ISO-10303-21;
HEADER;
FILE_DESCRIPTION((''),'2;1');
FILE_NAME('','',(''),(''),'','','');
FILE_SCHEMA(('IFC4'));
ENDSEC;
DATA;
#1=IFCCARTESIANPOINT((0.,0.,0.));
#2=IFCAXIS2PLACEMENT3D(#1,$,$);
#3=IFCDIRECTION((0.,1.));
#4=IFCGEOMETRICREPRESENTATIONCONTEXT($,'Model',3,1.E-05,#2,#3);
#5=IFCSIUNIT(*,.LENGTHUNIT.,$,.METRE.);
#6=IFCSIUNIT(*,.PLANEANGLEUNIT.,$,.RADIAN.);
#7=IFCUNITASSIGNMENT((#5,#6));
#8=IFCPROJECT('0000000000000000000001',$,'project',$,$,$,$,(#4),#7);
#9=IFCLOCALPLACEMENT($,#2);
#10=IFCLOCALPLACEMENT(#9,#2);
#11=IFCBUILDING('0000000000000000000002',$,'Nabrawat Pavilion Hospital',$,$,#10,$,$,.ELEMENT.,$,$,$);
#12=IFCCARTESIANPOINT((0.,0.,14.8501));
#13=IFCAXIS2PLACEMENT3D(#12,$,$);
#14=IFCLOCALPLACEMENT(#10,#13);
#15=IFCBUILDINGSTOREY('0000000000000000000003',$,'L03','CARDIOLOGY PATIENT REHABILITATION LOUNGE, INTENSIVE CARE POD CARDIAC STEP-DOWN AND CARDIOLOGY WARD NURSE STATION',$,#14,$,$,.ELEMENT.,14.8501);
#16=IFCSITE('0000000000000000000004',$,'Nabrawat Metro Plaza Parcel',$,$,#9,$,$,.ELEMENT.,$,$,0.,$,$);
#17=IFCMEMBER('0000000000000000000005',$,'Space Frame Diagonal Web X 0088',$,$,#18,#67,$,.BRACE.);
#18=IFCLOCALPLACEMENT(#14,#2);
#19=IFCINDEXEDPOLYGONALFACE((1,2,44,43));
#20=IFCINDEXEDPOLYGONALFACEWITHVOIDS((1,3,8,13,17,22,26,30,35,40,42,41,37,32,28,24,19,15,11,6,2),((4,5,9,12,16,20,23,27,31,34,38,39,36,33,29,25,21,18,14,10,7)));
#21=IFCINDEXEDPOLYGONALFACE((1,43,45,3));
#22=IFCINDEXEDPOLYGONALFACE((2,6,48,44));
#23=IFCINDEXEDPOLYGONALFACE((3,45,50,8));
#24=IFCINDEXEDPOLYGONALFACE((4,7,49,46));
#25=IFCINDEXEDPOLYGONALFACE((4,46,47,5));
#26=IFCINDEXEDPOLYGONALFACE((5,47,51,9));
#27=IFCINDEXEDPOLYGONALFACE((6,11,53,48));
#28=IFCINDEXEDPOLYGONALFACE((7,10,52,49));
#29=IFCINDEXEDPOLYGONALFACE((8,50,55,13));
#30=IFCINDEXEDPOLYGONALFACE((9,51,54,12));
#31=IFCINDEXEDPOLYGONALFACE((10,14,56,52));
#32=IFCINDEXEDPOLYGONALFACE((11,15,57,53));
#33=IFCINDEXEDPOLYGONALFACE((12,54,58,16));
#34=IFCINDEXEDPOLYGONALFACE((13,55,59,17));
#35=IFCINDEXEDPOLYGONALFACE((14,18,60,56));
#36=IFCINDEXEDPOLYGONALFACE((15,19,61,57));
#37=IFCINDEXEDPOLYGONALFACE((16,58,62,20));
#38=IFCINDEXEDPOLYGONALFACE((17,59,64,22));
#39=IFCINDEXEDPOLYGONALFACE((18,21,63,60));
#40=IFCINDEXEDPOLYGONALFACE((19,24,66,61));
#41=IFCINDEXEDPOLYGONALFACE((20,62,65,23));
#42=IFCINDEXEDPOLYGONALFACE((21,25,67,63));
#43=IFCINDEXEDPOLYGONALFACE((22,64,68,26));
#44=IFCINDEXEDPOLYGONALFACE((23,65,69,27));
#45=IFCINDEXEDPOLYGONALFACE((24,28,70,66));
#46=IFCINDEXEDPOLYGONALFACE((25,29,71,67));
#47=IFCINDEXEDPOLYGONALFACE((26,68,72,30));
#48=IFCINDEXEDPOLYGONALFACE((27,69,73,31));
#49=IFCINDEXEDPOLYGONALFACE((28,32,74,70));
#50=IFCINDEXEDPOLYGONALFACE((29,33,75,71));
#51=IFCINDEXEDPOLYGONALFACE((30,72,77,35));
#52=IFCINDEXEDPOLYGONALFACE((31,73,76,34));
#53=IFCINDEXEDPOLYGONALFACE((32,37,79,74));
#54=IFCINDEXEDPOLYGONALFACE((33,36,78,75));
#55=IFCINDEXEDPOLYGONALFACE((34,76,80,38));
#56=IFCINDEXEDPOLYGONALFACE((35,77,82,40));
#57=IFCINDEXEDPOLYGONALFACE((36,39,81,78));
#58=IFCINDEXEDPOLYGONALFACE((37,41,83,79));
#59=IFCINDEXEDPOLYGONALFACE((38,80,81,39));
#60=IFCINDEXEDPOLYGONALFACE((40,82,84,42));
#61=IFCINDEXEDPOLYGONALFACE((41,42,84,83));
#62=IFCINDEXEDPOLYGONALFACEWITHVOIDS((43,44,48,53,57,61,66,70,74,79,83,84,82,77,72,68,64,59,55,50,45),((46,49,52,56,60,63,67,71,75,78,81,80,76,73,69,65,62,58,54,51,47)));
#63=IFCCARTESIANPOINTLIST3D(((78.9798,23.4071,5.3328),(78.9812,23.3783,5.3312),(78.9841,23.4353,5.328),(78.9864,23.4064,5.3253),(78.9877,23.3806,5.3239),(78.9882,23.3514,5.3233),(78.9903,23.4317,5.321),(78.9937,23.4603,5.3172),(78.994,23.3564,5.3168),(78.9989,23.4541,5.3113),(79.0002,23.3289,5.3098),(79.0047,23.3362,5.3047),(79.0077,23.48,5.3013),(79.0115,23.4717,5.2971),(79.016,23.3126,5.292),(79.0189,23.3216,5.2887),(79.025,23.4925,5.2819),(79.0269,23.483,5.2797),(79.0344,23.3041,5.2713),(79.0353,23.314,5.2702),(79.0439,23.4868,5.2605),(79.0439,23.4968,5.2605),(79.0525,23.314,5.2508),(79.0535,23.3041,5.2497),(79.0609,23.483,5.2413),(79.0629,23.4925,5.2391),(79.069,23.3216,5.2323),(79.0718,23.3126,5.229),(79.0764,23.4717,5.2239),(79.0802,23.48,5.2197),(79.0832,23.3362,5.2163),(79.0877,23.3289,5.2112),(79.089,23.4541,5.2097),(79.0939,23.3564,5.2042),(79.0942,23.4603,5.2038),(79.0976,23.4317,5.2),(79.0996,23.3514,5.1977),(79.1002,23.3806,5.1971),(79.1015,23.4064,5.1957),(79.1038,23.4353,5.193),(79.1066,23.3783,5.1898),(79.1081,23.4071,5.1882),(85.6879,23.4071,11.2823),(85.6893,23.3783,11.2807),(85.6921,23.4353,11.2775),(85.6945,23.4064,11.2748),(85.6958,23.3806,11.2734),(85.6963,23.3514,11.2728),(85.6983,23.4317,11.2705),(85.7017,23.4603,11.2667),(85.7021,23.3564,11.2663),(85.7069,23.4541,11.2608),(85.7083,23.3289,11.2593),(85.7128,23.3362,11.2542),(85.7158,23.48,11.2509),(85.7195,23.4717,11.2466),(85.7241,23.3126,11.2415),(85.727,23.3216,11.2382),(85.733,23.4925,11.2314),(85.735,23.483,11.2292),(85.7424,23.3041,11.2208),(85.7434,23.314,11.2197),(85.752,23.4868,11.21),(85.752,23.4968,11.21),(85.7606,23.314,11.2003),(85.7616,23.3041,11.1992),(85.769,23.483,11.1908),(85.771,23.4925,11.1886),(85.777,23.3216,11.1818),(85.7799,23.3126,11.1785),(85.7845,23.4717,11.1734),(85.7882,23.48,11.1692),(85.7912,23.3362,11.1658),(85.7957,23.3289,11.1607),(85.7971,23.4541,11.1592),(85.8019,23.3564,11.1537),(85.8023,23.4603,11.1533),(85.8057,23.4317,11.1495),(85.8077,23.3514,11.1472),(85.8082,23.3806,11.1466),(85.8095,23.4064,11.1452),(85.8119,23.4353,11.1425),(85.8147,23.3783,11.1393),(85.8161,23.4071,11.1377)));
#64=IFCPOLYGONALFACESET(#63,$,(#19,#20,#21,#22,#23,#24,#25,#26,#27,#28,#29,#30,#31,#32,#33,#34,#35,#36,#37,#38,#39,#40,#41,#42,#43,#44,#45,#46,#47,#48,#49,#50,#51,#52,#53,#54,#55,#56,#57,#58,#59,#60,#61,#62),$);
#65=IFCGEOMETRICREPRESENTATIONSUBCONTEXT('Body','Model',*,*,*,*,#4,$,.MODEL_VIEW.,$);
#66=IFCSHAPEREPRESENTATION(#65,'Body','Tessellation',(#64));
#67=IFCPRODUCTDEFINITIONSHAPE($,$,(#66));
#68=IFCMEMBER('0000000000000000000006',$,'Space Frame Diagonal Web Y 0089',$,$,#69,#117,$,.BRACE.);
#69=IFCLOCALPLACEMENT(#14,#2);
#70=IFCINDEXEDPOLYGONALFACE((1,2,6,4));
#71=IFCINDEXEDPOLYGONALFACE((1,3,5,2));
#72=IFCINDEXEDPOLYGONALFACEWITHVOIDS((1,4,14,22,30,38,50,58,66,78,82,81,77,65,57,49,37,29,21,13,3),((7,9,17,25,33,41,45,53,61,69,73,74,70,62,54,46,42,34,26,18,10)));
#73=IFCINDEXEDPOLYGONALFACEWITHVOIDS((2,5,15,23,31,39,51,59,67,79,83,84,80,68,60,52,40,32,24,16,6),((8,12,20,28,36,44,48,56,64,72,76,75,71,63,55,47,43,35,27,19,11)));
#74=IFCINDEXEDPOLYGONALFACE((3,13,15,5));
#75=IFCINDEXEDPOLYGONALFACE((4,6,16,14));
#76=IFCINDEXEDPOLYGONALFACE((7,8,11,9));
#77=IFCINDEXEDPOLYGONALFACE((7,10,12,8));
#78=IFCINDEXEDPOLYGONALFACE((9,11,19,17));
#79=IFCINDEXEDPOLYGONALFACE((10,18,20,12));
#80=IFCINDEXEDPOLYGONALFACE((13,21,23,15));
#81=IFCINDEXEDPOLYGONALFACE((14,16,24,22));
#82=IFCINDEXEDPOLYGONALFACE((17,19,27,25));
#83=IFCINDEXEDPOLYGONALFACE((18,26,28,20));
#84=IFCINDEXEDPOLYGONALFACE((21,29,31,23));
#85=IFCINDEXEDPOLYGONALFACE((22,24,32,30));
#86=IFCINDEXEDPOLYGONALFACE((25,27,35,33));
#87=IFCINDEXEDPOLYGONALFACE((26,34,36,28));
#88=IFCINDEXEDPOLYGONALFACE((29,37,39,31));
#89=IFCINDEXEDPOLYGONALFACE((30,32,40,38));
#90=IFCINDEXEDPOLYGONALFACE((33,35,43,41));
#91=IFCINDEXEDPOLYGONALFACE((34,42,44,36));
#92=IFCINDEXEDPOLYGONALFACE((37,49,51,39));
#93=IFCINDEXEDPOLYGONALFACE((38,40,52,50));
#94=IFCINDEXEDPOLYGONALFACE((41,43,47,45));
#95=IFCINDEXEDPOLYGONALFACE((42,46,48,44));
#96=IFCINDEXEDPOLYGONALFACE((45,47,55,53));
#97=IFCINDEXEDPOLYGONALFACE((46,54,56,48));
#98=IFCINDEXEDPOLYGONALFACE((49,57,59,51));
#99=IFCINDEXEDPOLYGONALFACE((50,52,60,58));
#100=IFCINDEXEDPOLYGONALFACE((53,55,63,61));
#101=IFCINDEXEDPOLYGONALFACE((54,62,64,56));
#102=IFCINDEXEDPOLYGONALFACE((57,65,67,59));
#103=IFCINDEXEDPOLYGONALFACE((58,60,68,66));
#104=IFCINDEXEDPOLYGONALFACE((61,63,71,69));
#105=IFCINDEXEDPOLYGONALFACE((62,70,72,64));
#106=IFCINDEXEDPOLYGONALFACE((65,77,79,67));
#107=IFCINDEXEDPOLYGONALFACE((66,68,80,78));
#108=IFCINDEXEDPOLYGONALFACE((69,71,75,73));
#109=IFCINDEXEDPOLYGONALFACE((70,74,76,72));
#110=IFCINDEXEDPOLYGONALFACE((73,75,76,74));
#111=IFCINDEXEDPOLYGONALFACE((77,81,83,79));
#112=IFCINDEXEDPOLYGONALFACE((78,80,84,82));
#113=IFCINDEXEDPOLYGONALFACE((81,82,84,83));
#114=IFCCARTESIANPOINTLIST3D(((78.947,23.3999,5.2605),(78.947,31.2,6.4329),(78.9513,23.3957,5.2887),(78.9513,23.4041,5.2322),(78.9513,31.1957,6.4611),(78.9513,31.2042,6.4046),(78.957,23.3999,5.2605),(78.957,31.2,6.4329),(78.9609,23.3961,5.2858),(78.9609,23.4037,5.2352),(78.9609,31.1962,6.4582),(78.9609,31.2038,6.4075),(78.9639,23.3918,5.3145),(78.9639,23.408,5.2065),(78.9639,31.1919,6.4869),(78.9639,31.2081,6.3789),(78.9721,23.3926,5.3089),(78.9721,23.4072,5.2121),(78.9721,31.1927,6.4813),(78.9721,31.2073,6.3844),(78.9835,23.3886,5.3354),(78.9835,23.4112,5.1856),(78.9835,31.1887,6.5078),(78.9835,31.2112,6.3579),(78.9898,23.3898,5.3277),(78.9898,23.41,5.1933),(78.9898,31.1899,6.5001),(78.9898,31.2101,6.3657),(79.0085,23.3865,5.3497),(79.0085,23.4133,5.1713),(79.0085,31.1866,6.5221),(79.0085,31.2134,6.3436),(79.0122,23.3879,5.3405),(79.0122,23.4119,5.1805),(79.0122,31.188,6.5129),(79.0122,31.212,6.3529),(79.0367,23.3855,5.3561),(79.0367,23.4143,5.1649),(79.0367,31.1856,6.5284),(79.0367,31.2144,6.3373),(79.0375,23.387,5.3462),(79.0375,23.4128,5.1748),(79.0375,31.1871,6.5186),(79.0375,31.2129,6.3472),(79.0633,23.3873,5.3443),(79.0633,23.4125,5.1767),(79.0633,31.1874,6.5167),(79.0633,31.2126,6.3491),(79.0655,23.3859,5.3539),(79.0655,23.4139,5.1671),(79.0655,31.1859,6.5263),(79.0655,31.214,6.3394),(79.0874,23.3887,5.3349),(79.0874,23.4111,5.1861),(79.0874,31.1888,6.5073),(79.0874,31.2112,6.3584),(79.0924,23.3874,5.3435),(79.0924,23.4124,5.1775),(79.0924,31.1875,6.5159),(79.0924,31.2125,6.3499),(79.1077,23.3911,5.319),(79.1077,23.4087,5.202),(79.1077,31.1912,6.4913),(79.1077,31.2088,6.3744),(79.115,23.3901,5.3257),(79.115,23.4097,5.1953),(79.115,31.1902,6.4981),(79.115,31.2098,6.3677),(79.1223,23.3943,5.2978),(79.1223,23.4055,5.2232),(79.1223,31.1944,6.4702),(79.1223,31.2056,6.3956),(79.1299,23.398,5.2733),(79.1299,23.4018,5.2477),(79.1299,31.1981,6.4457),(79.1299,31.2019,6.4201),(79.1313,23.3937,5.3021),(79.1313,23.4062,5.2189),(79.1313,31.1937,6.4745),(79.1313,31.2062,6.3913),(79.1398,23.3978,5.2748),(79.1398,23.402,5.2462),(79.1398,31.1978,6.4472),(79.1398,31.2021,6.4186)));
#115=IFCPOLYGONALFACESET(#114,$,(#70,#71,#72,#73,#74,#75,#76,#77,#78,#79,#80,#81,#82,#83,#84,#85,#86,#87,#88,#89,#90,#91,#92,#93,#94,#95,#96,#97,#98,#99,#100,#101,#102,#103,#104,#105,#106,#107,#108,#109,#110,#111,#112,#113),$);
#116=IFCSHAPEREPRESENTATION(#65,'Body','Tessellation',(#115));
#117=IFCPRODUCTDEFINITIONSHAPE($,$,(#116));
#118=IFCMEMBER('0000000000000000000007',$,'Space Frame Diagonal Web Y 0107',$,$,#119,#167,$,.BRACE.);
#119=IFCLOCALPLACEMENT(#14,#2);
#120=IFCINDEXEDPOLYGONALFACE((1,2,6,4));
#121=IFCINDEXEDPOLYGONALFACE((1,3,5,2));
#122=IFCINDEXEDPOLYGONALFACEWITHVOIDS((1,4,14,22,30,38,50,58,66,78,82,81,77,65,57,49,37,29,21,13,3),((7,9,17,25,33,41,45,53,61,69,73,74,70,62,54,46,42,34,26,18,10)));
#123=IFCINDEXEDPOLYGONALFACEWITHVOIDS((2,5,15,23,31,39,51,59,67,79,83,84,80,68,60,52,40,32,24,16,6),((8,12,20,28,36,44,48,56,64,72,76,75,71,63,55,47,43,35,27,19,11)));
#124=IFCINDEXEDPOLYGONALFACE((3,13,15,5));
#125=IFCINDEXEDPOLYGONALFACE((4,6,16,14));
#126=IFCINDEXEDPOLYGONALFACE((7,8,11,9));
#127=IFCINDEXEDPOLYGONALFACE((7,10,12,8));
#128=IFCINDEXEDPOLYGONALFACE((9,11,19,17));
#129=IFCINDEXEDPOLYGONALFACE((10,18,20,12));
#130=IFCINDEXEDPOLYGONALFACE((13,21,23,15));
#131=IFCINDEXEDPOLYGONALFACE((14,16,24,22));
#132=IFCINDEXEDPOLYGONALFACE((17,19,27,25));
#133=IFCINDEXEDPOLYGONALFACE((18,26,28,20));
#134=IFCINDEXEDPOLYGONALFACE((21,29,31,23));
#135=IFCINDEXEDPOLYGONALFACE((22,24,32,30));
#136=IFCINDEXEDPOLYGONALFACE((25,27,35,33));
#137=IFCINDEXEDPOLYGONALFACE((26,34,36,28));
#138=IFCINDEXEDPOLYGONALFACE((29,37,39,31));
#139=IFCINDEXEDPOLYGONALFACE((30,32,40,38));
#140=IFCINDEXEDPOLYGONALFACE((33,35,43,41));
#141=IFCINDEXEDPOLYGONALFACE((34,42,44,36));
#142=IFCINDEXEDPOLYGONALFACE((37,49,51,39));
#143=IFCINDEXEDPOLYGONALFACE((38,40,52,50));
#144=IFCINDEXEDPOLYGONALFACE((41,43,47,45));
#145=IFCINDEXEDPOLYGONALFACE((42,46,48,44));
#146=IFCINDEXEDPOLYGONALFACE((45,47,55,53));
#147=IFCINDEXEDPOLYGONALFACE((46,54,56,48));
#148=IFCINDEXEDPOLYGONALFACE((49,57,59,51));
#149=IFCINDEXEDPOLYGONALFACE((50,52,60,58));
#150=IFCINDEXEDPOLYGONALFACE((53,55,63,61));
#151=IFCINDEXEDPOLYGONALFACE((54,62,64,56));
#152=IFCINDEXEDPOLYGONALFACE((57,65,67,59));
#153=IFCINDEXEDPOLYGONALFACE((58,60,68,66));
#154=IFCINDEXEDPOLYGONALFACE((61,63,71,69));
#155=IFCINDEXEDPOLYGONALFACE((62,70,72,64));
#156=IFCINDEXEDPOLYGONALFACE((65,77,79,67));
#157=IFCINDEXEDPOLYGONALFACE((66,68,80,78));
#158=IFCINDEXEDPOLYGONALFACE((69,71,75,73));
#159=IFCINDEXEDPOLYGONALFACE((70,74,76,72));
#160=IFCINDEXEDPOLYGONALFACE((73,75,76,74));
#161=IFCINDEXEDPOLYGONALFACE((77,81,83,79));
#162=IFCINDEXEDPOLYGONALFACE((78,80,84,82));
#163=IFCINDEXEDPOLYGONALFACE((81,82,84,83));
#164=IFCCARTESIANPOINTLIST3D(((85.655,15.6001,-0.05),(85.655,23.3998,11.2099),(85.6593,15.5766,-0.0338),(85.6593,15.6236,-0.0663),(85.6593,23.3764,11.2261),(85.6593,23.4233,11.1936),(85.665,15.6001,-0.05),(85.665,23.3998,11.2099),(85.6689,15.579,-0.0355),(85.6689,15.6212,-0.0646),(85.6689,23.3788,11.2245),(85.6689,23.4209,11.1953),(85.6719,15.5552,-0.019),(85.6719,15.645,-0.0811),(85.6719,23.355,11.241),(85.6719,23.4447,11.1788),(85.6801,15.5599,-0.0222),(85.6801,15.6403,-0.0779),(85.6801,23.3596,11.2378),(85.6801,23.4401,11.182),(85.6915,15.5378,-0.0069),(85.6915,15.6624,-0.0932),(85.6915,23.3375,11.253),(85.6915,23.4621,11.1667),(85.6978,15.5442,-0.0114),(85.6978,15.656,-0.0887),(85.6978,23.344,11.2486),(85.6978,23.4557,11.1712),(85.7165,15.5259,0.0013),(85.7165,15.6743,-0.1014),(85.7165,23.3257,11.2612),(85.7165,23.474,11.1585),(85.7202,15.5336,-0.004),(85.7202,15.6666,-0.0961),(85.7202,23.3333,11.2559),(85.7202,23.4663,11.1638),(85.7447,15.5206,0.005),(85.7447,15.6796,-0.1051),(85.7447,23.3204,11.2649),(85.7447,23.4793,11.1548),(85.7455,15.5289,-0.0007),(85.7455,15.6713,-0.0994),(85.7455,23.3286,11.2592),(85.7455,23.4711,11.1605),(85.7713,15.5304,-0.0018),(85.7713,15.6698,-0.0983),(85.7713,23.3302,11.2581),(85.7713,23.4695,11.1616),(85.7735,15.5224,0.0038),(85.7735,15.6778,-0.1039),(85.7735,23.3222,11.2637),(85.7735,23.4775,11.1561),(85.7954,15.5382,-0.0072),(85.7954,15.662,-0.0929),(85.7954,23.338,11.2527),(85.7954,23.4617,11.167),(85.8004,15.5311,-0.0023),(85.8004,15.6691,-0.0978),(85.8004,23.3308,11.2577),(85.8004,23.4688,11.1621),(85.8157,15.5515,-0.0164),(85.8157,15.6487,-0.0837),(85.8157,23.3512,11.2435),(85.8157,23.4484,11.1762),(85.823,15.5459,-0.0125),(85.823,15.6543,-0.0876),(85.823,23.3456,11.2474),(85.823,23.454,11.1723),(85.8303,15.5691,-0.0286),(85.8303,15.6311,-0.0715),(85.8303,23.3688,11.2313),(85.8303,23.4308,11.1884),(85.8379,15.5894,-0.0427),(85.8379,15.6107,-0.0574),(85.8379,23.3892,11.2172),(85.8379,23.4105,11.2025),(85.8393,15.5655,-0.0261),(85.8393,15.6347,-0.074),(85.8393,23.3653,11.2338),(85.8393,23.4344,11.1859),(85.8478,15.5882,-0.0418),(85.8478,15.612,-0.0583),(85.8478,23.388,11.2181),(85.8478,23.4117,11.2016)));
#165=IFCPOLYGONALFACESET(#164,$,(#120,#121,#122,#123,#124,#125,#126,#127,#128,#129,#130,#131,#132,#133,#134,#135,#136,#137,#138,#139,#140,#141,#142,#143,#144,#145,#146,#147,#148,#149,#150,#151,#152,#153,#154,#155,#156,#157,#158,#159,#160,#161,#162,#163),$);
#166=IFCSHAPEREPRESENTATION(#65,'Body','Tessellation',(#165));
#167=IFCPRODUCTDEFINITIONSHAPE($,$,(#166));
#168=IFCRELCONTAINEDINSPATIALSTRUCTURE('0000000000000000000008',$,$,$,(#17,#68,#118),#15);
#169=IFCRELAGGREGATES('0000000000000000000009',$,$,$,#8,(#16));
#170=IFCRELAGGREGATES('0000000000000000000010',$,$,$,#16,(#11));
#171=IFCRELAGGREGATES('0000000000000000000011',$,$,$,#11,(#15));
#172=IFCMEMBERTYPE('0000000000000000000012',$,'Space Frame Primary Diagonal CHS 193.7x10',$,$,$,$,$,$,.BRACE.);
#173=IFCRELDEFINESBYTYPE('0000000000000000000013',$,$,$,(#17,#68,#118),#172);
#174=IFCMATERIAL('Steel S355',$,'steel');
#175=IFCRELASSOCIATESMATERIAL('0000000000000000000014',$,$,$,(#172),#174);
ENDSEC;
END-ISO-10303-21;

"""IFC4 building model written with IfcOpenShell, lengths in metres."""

from ifc_helpers import new_model, si_unit, direction, frame, origin, origin_2d, place, context, subcontext, project, spatial, hollow_circle, extrude, material, material_profile, profile_set, type_object, element, save


model = new_model("IFC4")

# Units and contexts
model_context = context("Model", 3, precision=1e-05, world=origin(), true_north=direction((0.0, 1.0)))
body_context = subcontext(model_context, "Body", "Model", "MODEL_VIEW")
ifc_project = project(units=[si_unit("LENGTHUNIT", "METRE"), si_unit("PLANEANGLEUNIT", "RADIAN")], contexts=[model_context])

# Site, building, storey
site_placement = place(None, origin())
site = spatial("IfcSite", under=ifc_project, at=site_placement, Name="Nabrawat Metro Plaza Parcel", CompositionType="ELEMENT", RefElevation=0.0)
building_placement = place(site_placement, origin())
building = spatial("IfcBuilding", under=site, at=building_placement, Name="Nabrawat Pavilion Hospital", CompositionType="ELEMENT")
storey_placement = place(building_placement, frame((0.0, 0.0, 14.8501)))
storey = spatial("IfcBuildingStorey", under=building, at=storey_placement, Name="L03", Description="CARDIOLOGY PATIENT REHABILITATION LOUNGE, INTENSIVE CARE POD CARDIAC STEP-DOWN AND CARDIOLOGY WARD NURSE STATION", CompositionType="ELEMENT", Elevation=14.8501)

# Members
ifc_material = material(Name="Steel S355", Category="steel")
ifc_material_profile_1 = material_profile(ifc_material, hollow_circle(Radius=0.0969, WallThickness=0.01, at=origin_2d()), Name="CHS 193.7x10")
ifc_profile_set_1 = profile_set([ifc_material_profile_1], Name="Steel S355")
member_type_1 = type_object("IfcMemberType", Name="Space Frame Primary Diagonal CHS 193.7x10", PredefinedType="BRACE", material=ifc_profile_set_1)
member_1_placement = place(storey_placement, frame((79.0439, 23.3999, 5.2605), z_axis=(0.74814, 0.0, 0.66354), x_axis=(0.0, 1.0, 0.0)))
element("IfcMember", 1, at=member_1_placement, inside=storey, type_object=member_type_1, Name="Space Frame Diagonal Web X 0088", PredefinedType="BRACE", context=body_context, shape_type="SweptSolid", body=[
    extrude(hollow_circle(Radius=0.0969, WallThickness=0.01, at=origin_2d()), origin(), (0.0, 0.0, 1.0), 8.9663),
])
member_2_placement = place(storey_placement, frame((79.0439, 23.3999, 5.2605), z_axis=(0.0, 0.988892, 0.148633), x_axis=(-1.0, 0.0, 0.0)))
element("IfcMember", 2, at=member_2_placement, inside=storey, type_object=member_type_1, Name="Space Frame Diagonal Web Y 0089", PredefinedType="BRACE", context=body_context, shape_type="SweptSolid", body=[
    extrude(hollow_circle(Radius=0.0969, WallThickness=0.01, at=origin_2d()), origin(), (0.0, 0.0, 1.0), 7.8877),
])
member_3_placement = place(storey_placement, frame((85.752, 15.6001, -0.05), z_axis=(0.0, 0.569428, 0.822041), x_axis=(-1.0, 0.0, 0.0)))
element("IfcMember", 3, at=member_3_placement, inside=storey, type_object=member_type_1, Name="Space Frame Diagonal Web Y 0107", PredefinedType="BRACE", context=body_context, shape_type="SweptSolid", body=[
    extrude(hollow_circle(Radius=0.0969, WallThickness=0.01, at=origin_2d()), origin(), (0.0, 0.0, 1.0), 13.6975),
])

save(model, "model.ifc")
